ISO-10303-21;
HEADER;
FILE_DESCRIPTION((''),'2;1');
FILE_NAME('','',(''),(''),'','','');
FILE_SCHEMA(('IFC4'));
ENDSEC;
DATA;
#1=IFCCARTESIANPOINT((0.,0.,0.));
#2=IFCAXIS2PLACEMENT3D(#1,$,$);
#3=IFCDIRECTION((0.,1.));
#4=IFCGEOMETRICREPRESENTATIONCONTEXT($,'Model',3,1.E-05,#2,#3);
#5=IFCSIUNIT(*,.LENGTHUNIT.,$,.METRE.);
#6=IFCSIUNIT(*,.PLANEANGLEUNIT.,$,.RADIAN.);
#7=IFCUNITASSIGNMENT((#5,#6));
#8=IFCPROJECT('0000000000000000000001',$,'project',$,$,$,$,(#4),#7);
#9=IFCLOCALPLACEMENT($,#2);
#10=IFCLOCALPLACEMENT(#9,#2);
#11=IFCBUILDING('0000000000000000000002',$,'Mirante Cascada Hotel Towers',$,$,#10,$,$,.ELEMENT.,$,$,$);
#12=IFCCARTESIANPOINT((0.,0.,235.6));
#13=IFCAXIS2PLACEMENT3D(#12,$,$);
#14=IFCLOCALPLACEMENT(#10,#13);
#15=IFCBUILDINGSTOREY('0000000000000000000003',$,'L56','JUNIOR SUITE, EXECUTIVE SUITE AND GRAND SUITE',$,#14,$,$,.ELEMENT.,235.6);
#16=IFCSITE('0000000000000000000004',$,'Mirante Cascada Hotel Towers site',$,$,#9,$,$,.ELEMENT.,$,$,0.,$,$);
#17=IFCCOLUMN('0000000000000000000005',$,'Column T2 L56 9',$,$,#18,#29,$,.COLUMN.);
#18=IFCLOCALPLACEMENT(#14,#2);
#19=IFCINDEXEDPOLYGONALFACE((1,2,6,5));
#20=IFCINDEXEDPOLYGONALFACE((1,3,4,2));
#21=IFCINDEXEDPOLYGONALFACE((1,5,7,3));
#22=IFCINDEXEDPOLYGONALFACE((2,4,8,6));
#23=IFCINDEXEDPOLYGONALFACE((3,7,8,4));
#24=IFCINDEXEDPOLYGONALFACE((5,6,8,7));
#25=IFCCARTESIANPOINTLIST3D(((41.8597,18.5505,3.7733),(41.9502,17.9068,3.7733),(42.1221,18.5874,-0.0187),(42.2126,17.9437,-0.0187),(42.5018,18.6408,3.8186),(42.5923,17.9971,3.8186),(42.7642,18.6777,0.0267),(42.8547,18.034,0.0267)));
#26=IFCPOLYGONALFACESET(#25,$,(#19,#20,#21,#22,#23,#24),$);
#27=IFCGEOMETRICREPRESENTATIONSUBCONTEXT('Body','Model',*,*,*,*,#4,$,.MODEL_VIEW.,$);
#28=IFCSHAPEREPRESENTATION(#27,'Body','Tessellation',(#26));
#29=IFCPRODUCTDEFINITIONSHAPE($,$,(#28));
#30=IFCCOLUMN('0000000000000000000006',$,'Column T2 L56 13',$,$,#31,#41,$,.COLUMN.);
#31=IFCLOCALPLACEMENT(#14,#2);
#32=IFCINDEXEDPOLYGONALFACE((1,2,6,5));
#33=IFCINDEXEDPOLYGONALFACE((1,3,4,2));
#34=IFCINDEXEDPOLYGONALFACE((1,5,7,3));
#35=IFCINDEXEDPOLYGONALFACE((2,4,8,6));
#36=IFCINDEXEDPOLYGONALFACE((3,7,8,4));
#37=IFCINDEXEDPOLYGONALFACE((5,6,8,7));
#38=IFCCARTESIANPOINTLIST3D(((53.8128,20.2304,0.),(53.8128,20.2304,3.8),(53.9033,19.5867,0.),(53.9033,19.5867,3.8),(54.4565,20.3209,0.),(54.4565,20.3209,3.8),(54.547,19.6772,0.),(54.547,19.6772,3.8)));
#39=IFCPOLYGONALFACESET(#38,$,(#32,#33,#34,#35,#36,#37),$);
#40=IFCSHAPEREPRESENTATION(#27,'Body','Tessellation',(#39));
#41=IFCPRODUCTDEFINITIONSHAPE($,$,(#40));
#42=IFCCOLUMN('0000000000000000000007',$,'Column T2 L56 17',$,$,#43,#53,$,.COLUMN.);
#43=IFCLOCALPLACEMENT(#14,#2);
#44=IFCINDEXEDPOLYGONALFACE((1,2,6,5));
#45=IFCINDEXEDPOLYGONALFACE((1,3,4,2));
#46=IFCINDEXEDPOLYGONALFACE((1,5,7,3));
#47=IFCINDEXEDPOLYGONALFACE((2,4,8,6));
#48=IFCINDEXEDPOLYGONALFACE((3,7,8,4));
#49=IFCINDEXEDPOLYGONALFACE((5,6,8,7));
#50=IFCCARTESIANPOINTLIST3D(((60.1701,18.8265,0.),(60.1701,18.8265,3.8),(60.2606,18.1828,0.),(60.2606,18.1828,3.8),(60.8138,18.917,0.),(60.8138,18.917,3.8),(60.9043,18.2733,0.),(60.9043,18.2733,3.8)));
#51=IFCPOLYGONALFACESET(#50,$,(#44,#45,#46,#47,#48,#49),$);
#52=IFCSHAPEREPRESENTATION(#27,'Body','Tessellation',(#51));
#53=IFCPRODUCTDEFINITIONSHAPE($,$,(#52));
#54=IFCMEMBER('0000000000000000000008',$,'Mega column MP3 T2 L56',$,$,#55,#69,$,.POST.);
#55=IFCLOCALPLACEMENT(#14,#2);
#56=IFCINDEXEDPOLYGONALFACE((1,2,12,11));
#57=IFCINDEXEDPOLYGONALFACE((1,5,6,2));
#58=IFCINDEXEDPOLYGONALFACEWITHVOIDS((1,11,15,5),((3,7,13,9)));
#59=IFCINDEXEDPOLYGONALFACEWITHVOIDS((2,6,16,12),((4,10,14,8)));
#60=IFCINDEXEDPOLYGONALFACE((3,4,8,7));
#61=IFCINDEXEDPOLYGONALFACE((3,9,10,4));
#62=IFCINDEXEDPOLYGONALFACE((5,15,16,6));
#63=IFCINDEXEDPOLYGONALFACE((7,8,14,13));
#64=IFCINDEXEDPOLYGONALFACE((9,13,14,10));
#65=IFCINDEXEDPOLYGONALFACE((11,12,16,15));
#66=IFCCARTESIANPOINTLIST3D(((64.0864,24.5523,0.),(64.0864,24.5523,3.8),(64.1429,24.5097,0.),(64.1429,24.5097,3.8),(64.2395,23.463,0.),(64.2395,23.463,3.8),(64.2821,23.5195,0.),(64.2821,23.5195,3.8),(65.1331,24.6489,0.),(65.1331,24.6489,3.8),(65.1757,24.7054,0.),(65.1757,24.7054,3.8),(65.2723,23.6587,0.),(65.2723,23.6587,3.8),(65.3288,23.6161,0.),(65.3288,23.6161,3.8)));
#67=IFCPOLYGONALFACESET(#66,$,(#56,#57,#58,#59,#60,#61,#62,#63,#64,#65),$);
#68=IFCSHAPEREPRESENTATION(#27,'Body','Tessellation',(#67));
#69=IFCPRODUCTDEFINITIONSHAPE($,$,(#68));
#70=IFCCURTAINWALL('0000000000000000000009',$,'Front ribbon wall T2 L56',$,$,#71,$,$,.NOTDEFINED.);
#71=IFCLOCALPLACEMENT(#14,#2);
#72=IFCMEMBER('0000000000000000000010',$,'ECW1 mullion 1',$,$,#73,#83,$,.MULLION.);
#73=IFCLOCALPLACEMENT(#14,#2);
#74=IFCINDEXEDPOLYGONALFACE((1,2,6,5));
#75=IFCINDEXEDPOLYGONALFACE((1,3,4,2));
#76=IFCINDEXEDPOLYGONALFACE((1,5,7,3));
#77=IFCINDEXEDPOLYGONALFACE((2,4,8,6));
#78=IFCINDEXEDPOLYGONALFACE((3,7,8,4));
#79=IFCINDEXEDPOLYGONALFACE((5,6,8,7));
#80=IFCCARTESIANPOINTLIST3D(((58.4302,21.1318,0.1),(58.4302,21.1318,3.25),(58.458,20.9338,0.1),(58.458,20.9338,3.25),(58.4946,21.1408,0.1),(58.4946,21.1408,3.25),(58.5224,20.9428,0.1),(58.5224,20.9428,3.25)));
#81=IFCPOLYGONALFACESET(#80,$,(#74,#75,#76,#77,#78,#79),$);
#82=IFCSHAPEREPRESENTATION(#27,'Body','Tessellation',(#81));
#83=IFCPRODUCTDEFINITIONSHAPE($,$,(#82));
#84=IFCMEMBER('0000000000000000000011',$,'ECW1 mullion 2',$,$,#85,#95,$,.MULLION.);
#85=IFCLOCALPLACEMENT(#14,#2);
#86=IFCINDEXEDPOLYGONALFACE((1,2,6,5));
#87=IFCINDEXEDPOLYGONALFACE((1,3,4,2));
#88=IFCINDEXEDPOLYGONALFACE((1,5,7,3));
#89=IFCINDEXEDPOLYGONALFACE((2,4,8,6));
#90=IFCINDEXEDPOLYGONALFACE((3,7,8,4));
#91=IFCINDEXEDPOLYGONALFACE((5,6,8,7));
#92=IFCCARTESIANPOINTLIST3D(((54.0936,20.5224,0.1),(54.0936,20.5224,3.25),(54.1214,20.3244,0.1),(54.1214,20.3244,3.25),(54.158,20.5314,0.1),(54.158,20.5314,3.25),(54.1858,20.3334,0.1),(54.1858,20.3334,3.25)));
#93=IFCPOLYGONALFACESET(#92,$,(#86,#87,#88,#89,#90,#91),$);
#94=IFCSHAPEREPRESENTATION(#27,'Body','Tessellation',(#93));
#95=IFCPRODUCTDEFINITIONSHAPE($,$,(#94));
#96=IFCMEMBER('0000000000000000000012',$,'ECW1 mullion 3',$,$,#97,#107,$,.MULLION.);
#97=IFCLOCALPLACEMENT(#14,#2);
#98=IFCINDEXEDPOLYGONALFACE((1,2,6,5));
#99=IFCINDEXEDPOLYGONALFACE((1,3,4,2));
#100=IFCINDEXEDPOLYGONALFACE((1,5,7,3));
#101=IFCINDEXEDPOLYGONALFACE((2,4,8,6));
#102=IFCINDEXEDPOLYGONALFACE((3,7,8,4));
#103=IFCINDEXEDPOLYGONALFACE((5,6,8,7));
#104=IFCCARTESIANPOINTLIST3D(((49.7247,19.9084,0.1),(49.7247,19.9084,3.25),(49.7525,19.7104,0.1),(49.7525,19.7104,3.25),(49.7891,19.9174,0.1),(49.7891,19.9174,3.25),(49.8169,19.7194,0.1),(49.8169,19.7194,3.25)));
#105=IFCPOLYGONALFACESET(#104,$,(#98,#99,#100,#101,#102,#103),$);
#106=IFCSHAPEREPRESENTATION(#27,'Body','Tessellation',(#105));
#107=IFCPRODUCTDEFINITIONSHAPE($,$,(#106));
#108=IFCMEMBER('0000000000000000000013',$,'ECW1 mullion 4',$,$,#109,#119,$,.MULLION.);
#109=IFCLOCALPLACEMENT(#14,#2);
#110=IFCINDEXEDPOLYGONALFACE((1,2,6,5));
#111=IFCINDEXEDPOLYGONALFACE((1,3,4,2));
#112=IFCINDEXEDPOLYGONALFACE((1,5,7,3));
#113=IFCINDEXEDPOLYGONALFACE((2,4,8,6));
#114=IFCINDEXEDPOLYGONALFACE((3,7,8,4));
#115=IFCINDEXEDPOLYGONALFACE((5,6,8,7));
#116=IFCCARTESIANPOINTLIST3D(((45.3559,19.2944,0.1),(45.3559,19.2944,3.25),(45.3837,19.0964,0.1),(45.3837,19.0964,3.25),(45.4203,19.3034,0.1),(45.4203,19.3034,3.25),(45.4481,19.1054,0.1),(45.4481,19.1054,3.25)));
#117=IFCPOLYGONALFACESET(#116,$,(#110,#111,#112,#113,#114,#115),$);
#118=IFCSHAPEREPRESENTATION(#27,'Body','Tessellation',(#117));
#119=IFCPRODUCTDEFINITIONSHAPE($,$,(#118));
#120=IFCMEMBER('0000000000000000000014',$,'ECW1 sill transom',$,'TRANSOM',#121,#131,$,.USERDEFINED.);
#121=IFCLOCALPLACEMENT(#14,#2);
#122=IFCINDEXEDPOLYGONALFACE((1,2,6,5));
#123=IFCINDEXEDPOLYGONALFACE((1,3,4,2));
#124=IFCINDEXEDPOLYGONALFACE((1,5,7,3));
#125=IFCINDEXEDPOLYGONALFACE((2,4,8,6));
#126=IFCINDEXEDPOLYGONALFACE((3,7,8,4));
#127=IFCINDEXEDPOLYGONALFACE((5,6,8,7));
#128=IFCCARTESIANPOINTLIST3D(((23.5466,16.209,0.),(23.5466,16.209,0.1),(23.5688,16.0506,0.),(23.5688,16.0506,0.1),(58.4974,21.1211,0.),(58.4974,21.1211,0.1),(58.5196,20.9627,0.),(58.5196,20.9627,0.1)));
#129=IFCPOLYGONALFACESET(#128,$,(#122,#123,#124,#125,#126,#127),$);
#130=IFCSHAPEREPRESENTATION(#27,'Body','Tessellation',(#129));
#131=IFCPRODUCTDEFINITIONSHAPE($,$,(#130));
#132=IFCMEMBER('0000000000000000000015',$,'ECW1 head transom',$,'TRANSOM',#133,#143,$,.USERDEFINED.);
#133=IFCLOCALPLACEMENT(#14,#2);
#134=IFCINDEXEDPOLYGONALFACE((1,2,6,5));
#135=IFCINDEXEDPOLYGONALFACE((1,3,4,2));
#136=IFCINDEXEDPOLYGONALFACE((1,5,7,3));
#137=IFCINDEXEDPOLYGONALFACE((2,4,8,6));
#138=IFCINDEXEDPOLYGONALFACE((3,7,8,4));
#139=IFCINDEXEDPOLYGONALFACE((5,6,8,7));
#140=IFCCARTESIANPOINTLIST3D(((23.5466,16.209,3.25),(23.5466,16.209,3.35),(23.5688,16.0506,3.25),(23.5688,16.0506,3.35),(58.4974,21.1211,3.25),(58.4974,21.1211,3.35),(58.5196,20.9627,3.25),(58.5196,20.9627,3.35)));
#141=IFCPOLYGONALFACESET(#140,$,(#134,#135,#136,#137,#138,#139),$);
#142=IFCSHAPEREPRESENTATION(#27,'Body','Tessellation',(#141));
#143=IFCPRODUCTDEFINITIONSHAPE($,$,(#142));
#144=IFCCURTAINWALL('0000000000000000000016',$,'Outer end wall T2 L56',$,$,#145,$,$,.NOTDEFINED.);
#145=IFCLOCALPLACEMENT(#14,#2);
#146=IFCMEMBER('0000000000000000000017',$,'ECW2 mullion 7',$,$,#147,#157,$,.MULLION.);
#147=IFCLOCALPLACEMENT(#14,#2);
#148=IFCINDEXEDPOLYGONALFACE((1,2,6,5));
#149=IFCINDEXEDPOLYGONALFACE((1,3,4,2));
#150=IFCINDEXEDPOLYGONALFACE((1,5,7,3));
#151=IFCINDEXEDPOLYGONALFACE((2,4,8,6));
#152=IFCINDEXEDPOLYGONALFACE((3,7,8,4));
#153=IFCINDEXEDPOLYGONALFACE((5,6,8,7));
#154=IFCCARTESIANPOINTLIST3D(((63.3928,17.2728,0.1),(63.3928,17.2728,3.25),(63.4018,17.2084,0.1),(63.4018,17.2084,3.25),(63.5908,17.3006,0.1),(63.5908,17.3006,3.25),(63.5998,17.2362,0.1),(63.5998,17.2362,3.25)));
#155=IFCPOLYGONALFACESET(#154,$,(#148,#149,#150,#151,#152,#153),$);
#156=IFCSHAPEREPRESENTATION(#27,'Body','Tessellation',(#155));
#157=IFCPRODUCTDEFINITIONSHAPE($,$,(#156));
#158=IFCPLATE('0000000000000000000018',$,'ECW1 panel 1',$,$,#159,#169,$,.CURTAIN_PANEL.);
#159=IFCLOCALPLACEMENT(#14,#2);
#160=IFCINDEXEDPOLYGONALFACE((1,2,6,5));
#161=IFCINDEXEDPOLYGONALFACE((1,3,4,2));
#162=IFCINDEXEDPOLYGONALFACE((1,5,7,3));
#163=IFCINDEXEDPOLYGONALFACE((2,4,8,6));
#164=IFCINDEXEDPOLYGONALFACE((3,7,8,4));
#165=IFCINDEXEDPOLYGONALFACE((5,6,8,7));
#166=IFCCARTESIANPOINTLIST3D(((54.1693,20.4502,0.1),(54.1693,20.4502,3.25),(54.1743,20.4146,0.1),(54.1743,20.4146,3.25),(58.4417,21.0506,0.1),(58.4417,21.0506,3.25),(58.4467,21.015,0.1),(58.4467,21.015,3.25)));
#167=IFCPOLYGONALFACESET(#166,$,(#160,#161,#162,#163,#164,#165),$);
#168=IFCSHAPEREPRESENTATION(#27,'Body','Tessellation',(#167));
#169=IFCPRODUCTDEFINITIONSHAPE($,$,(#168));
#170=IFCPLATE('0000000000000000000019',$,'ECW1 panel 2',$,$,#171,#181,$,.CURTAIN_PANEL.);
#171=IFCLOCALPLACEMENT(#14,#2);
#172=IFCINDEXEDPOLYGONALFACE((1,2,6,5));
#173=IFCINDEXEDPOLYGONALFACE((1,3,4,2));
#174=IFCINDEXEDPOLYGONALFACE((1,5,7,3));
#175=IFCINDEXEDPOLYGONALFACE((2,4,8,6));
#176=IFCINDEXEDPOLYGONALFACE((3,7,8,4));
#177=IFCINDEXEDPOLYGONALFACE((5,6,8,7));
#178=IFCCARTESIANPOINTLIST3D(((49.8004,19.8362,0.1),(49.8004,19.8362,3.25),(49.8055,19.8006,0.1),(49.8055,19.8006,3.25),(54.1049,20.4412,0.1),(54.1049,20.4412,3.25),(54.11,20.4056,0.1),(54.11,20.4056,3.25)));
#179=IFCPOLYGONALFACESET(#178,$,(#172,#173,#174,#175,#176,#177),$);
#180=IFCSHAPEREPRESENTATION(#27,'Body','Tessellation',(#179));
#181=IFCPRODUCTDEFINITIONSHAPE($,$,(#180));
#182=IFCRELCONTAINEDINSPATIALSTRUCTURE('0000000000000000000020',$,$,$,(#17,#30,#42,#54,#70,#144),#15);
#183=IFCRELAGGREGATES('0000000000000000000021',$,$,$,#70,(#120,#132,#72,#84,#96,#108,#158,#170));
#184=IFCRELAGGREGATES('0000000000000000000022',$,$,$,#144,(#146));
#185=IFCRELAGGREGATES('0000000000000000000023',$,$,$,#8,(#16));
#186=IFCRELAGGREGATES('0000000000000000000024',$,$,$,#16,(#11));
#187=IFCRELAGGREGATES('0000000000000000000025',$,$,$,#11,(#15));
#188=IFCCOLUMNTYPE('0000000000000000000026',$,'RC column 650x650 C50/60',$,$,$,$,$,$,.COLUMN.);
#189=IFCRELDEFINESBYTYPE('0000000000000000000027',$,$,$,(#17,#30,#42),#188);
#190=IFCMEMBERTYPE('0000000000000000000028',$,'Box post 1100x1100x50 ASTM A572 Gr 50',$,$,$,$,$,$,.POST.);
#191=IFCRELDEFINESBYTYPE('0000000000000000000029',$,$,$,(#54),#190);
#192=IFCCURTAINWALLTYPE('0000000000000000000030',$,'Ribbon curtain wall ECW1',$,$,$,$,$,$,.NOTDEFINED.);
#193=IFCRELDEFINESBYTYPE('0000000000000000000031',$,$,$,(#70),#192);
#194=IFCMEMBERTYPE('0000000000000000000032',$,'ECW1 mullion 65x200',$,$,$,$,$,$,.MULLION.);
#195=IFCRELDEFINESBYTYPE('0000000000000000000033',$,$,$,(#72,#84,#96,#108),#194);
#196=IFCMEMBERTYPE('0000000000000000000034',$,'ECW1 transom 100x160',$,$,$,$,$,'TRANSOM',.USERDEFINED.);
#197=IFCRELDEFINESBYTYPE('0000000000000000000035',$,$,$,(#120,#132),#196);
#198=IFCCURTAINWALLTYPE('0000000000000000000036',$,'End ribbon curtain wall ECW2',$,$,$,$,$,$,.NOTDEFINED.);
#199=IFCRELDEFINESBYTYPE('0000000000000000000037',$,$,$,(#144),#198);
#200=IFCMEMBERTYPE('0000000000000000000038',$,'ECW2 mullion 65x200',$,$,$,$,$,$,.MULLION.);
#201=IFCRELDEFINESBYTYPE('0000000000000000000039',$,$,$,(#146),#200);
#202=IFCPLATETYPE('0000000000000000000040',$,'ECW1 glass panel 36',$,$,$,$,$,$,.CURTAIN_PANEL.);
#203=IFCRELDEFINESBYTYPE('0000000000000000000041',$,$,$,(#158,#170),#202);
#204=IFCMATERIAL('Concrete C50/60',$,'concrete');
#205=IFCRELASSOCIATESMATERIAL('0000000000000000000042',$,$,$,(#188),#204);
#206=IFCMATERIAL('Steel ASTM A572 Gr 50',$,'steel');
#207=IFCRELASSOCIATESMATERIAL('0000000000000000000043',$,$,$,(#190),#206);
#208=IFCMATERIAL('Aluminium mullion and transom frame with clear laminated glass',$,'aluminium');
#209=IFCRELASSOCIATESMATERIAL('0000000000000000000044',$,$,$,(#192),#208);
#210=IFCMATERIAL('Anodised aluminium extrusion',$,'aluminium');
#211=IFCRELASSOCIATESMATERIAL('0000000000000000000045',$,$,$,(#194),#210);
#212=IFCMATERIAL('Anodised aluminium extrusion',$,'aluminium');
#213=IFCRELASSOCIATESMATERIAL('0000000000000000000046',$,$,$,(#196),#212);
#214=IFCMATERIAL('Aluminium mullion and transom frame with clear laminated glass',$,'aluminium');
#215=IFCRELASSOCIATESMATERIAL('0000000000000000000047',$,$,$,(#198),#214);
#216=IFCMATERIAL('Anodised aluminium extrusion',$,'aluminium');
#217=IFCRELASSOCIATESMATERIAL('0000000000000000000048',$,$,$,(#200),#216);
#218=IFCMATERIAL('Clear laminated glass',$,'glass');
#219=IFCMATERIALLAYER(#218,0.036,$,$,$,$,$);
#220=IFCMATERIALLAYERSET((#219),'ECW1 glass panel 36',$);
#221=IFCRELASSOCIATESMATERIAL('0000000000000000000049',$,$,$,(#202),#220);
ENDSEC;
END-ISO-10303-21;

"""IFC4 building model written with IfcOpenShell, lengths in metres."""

from ifc_helpers import new_model, si_unit, direction, frame, origin, origin_2d, place, context, subcontext, project, spatial, rectangle, hollow_rectangle, extrude, material, layer, layer_set, material_profile, profile_set, type_object, element, aggregate, save


model = new_model("IFC4")

# Units and contexts
model_context = context("Model", 3, precision=1e-05, world=origin(), true_north=direction((0.0, 1.0)))
body_context = subcontext(model_context, "Body", "Model", "MODEL_VIEW")
ifc_project = project(units=[si_unit("LENGTHUNIT", "METRE"), si_unit("PLANEANGLEUNIT", "RADIAN")], contexts=[model_context])

# Site, building, storey
site_placement = place(None, origin())
site = spatial("IfcSite", under=ifc_project, at=site_placement, Name="Mirante Cascada Hotel Towers site", CompositionType="ELEMENT", RefElevation=0.0)
building_placement = place(site_placement, origin())
building = spatial("IfcBuilding", under=site, at=building_placement, Name="Mirante Cascada Hotel Towers", CompositionType="ELEMENT")
storey_placement = place(building_placement, frame((0.0, 0.0, 235.6)))
storey = spatial("IfcBuildingStorey", under=building, at=storey_placement, Name="L56", Description="JUNIOR SUITE, EXECUTIVE SUITE AND GRAND SUITE", CompositionType="ELEMENT", Elevation=235.6)

# Columns
ifc_material_1 = material(Name="Concrete C50/60", Category="concrete")
ifc_material_profile_1 = material_profile(ifc_material_1, rectangle(XDim=0.65, YDim=0.65, at=origin_2d()), Name="RC column 650x650 C50/60")
ifc_profile_set_1 = profile_set([ifc_material_profile_1], Name="Concrete C50/60")
column_type = type_object("IfcColumnType", Name="RC column 650x650 C50/60", PredefinedType="COLUMN", material=ifc_profile_set_1)
column_placement = place(storey_placement, frame((42.4884, 18.3107, 0.004), z_axis=(-0.06903, -0.009707, 0.997567), x_axis=(0.139255, -0.990257, 0.0)))
element("IfcColumn", 1, at=column_placement, inside=storey, type_object=column_type, Name="Column T2 L56 9", PredefinedType="COLUMN", context=body_context, shape_type="SweptSolid", body=[
    extrude(rectangle(XDim=0.65, YDim=0.65, at=origin_2d()), origin(), (0.0, 0.0, 1.0), 3.8012),
])
for number, where, z_axis, x_axis, name in (
    (2, (54.1799, 19.9538, 0.0), (0.0, 0.0, 1.0), (0.990268, 0.139173, 0.0), "Column T2 L56 13"),
    (3, (60.5372, 18.5499, 0.0), (0.0, 0.0, 1.0), (0.990268, 0.139173, 0.0), "Column T2 L56 17"),
):
    element("IfcColumn", number, at=place(storey_placement, frame(where, z_axis=z_axis, x_axis=x_axis)), inside=storey, type_object=column_type, Name=name, PredefinedType="COLUMN", context=body_context, shape_type="SweptSolid", body=[
        extrude(rectangle(XDim=0.65, YDim=0.65, at=origin_2d()), origin(), (0.0, 0.0, 1.0), 3.8),
    ])

# Member
ifc_material_2 = material(Name="Steel ASTM A572 Gr 50", Category="steel")
ifc_material_profile_2 = material_profile(ifc_material_2, hollow_rectangle(XDim=1.1, YDim=1.1, WallThickness=0.05, at=origin_2d()), Name="Box post 1100x1100x50 ASTM A572 Gr 50")
ifc_profile_set_2 = profile_set([ifc_material_profile_2], Name="Steel ASTM A572 Gr 50")
member_type_1 = type_object("IfcMemberType", Name="Box post 1100x1100x50 ASTM A572 Gr 50", PredefinedType="POST", material=ifc_profile_set_2)
member_1_placement = place(storey_placement, frame((64.7076, 24.0842, 0.0), z_axis=(0.0, 0.0, 1.0), x_axis=(0.990268, 0.139173, 0.0)))
element("IfcMember", 4, at=member_1_placement, inside=storey, type_object=member_type_1, Name="Mega column MP3 T2 L56", PredefinedType="POST", context=body_context, shape_type="SweptSolid", body=[
    extrude(hollow_rectangle(XDim=1.1, YDim=1.1, WallThickness=0.05, at=origin_2d()), origin(), (0.0, 0.0, 1.0), 3.8),
])

# Curtain wall, members
ifc_material_3 = material(Name="Aluminium mullion and transom frame with clear laminated glass", Category="aluminium")
curtain_wall_type_1 = type_object("IfcCurtainWallType", Name="Ribbon curtain wall ECW1", PredefinedType="NOTDEFINED", material=ifc_material_3)
curtain_wall_1_placement = place(storey_placement, origin())
curtain_wall_1 = element("IfcCurtainWall", 5, at=curtain_wall_1_placement, inside=storey, type_object=curtain_wall_type_1, Name="Front ribbon wall T2 L56", PredefinedType="NOTDEFINED")
ifc_material_4 = material(Name="Anodised aluminium extrusion", Category="aluminium")
ifc_material_profile_3 = material_profile(ifc_material_4, rectangle(XDim=0.2, YDim=0.065, at=origin_2d()), Name="ECW1 MULLION 65x200")
ifc_profile_set_3 = profile_set([ifc_material_profile_3], Name="Anodised aluminium extrusion")
member_type_2 = type_object("IfcMemberType", Name="ECW1 mullion 65x200", PredefinedType="MULLION", material=ifc_profile_set_3)
member_2_placement = place(storey_placement, frame((58.4763, 21.0373, 0.1), z_axis=(0.0, 0.0, 1.0), x_axis=(0.139173, -0.990268, 0.0)))
member_2 = element("IfcMember", 6, at=member_2_placement, type_object=member_type_2, Name="ECW1 mullion 1", PredefinedType="MULLION", context=body_context, shape_type="SweptSolid", body=[
    extrude(rectangle(XDim=0.2, YDim=0.065, at=origin_2d()), origin(), (0.0, 0.0, 1.0), 3.15),
])
member_3_placement = place(storey_placement, frame((54.1397, 20.4279, 0.1), z_axis=(0.0, 0.0, 1.0), x_axis=(0.139173, -0.990268, 0.0)))
member_3 = element("IfcMember", 7, at=member_3_placement, type_object=member_type_2, Name="ECW1 mullion 2", PredefinedType="MULLION", context=body_context, shape_type="SweptSolid", body=[
    extrude(rectangle(XDim=0.2, YDim=0.065, at=origin_2d()), origin(), (0.0, 0.0, 1.0), 3.15),
])
member_4_placement = place(storey_placement, frame((49.7708, 19.8139, 0.1), z_axis=(0.0, 0.0, 1.0), x_axis=(0.139173, -0.990268, 0.0)))
member_4 = element("IfcMember", 8, at=member_4_placement, type_object=member_type_2, Name="ECW1 mullion 3", PredefinedType="MULLION", context=body_context, shape_type="SweptSolid", body=[
    extrude(rectangle(XDim=0.2, YDim=0.065, at=origin_2d()), origin(), (0.0, 0.0, 1.0), 3.15),
])
member_5_placement = place(storey_placement, frame((45.402, 19.1999, 0.1), z_axis=(0.0, 0.0, 1.0), x_axis=(0.139173, -0.990268, 0.0)))
member_5 = element("IfcMember", 9, at=member_5_placement, type_object=member_type_2, Name="ECW1 mullion 4", PredefinedType="MULLION", context=body_context, shape_type="SweptSolid", body=[
    extrude(rectangle(XDim=0.2, YDim=0.065, at=origin_2d()), origin(), (0.0, 0.0, 1.0), 3.15),
])
ifc_material_5 = material(Name="Anodised aluminium extrusion", Category="aluminium")
ifc_material_profile_4 = material_profile(ifc_material_5, rectangle(XDim=0.16, YDim=0.1, at=origin_2d()), Name="ECW1 TRANSOM 100x160")
ifc_profile_set_4 = profile_set([ifc_material_profile_4], Name="Anodised aluminium extrusion")
member_type_3 = type_object("IfcMemberType", Name="ECW1 transom 100x160", ElementType="TRANSOM", PredefinedType="USERDEFINED", material=ifc_profile_set_4)
member_6_placement = place(storey_placement, frame((58.5085, 21.0419, 0.05), z_axis=(-0.990268, -0.139176, 0.0), x_axis=(0.139176, -0.990268, 0.0)))
member_6 = element("IfcMember", 10, at=member_6_placement, type_object=member_type_3, Name="ECW1 sill transom", ObjectType="TRANSOM", PredefinedType="USERDEFINED", context=body_context, shape_type="SweptSolid", body=[
    extrude(rectangle(XDim=0.16, YDim=0.1, at=origin_2d()), origin(), (0.0, 0.0, 1.0), 35.2943),
])
member_7_placement = place(storey_placement, frame((58.5085, 21.0419, 3.3), z_axis=(-0.990268, -0.139176, 0.0), x_axis=(0.139176, -0.990268, 0.0)))
member_7 = element("IfcMember", 11, at=member_7_placement, type_object=member_type_3, Name="ECW1 head transom", ObjectType="TRANSOM", PredefinedType="USERDEFINED", context=body_context, shape_type="SweptSolid", body=[
    extrude(rectangle(XDim=0.16, YDim=0.1, at=origin_2d()), origin(), (0.0, 0.0, 1.0), 35.2943),
])

# Curtain wall, member
ifc_material_6 = material(Name="Aluminium mullion and transom frame with clear laminated glass", Category="aluminium")
curtain_wall_type_2 = type_object("IfcCurtainWallType", Name="End ribbon curtain wall ECW2", PredefinedType="NOTDEFINED", material=ifc_material_6)
curtain_wall_2_placement = place(storey_placement, origin())
curtain_wall_2 = element("IfcCurtainWall", 12, at=curtain_wall_2_placement, inside=storey, type_object=curtain_wall_type_2, Name="Outer end wall T2 L56", PredefinedType="NOTDEFINED")
ifc_material_7 = material(Name="Anodised aluminium extrusion", Category="aluminium")
ifc_material_profile_5 = material_profile(ifc_material_7, rectangle(XDim=0.2, YDim=0.065, at=origin_2d()), Name="ECW2 MULLION 65x200")
ifc_profile_set_5 = profile_set([ifc_material_profile_5], Name="Anodised aluminium extrusion")
member_type_4 = type_object("IfcMemberType", Name="ECW2 mullion 65x200", PredefinedType="MULLION", material=ifc_profile_set_5)
member_8_placement = place(storey_placement, frame((63.4963, 17.2545, 0.1), z_axis=(0.0, 0.0, 1.0), x_axis=(-0.990268, -0.139173, 0.0)))
member_8 = element("IfcMember", 13, at=member_8_placement, type_object=member_type_4, Name="ECW2 mullion 7", PredefinedType="MULLION", context=body_context, shape_type="SweptSolid", body=[
    extrude(rectangle(XDim=0.2, YDim=0.065, at=origin_2d()), origin(), (0.0, 0.0, 1.0), 3.15),
])

# Plates
ifc_material_8 = material(Name="Clear laminated glass", Category="glass")
ifc_layer_1 = layer(ifc_material_8, 0.036)
ifc_layer_set_1 = layer_set([ifc_layer_1], Name="ECW1 glass panel 36")
plate_type_1 = type_object("IfcPlateType", Name="ECW1 glass panel 36", PredefinedType="CURTAIN_PANEL", material=ifc_layer_set_1)
plate_1_placement = place(storey_placement, frame((56.308, 20.7326, 0.1), z_axis=(0.0, 0.0, 1.0), x_axis=(-0.990268, -0.139173, 0.0)))
plate_1 = element("IfcPlate", 14, at=plate_1_placement, type_object=plate_type_1, Name="ECW1 panel 1", PredefinedType="CURTAIN_PANEL", context=body_context, shape_type="SweptSolid", body=[
    extrude(rectangle(XDim=4.3143, YDim=0.036, at=origin_2d()), origin(), (0.0, 0.0, 1.0), 3.15),
])
plate_2_placement = place(storey_placement, frame((51.9552, 20.1209, 0.1), z_axis=(0.0, 0.0, 1.0), x_axis=(-0.990268, -0.139173, 0.0)))
plate_2 = element("IfcPlate", 15, at=plate_2_placement, type_object=plate_type_1, Name="ECW1 panel 2", PredefinedType="CURTAIN_PANEL", context=body_context, shape_type="SweptSolid", body=[
    extrude(rectangle(XDim=4.3468, YDim=0.036, at=origin_2d()), origin(), (0.0, 0.0, 1.0), 3.15),
])
aggregate(curtain_wall_1, [member_6, member_7, member_2, member_3, member_4, member_5, plate_1, plate_2])
aggregate(curtain_wall_2, [member_8])

save(model, "model.ifc")
